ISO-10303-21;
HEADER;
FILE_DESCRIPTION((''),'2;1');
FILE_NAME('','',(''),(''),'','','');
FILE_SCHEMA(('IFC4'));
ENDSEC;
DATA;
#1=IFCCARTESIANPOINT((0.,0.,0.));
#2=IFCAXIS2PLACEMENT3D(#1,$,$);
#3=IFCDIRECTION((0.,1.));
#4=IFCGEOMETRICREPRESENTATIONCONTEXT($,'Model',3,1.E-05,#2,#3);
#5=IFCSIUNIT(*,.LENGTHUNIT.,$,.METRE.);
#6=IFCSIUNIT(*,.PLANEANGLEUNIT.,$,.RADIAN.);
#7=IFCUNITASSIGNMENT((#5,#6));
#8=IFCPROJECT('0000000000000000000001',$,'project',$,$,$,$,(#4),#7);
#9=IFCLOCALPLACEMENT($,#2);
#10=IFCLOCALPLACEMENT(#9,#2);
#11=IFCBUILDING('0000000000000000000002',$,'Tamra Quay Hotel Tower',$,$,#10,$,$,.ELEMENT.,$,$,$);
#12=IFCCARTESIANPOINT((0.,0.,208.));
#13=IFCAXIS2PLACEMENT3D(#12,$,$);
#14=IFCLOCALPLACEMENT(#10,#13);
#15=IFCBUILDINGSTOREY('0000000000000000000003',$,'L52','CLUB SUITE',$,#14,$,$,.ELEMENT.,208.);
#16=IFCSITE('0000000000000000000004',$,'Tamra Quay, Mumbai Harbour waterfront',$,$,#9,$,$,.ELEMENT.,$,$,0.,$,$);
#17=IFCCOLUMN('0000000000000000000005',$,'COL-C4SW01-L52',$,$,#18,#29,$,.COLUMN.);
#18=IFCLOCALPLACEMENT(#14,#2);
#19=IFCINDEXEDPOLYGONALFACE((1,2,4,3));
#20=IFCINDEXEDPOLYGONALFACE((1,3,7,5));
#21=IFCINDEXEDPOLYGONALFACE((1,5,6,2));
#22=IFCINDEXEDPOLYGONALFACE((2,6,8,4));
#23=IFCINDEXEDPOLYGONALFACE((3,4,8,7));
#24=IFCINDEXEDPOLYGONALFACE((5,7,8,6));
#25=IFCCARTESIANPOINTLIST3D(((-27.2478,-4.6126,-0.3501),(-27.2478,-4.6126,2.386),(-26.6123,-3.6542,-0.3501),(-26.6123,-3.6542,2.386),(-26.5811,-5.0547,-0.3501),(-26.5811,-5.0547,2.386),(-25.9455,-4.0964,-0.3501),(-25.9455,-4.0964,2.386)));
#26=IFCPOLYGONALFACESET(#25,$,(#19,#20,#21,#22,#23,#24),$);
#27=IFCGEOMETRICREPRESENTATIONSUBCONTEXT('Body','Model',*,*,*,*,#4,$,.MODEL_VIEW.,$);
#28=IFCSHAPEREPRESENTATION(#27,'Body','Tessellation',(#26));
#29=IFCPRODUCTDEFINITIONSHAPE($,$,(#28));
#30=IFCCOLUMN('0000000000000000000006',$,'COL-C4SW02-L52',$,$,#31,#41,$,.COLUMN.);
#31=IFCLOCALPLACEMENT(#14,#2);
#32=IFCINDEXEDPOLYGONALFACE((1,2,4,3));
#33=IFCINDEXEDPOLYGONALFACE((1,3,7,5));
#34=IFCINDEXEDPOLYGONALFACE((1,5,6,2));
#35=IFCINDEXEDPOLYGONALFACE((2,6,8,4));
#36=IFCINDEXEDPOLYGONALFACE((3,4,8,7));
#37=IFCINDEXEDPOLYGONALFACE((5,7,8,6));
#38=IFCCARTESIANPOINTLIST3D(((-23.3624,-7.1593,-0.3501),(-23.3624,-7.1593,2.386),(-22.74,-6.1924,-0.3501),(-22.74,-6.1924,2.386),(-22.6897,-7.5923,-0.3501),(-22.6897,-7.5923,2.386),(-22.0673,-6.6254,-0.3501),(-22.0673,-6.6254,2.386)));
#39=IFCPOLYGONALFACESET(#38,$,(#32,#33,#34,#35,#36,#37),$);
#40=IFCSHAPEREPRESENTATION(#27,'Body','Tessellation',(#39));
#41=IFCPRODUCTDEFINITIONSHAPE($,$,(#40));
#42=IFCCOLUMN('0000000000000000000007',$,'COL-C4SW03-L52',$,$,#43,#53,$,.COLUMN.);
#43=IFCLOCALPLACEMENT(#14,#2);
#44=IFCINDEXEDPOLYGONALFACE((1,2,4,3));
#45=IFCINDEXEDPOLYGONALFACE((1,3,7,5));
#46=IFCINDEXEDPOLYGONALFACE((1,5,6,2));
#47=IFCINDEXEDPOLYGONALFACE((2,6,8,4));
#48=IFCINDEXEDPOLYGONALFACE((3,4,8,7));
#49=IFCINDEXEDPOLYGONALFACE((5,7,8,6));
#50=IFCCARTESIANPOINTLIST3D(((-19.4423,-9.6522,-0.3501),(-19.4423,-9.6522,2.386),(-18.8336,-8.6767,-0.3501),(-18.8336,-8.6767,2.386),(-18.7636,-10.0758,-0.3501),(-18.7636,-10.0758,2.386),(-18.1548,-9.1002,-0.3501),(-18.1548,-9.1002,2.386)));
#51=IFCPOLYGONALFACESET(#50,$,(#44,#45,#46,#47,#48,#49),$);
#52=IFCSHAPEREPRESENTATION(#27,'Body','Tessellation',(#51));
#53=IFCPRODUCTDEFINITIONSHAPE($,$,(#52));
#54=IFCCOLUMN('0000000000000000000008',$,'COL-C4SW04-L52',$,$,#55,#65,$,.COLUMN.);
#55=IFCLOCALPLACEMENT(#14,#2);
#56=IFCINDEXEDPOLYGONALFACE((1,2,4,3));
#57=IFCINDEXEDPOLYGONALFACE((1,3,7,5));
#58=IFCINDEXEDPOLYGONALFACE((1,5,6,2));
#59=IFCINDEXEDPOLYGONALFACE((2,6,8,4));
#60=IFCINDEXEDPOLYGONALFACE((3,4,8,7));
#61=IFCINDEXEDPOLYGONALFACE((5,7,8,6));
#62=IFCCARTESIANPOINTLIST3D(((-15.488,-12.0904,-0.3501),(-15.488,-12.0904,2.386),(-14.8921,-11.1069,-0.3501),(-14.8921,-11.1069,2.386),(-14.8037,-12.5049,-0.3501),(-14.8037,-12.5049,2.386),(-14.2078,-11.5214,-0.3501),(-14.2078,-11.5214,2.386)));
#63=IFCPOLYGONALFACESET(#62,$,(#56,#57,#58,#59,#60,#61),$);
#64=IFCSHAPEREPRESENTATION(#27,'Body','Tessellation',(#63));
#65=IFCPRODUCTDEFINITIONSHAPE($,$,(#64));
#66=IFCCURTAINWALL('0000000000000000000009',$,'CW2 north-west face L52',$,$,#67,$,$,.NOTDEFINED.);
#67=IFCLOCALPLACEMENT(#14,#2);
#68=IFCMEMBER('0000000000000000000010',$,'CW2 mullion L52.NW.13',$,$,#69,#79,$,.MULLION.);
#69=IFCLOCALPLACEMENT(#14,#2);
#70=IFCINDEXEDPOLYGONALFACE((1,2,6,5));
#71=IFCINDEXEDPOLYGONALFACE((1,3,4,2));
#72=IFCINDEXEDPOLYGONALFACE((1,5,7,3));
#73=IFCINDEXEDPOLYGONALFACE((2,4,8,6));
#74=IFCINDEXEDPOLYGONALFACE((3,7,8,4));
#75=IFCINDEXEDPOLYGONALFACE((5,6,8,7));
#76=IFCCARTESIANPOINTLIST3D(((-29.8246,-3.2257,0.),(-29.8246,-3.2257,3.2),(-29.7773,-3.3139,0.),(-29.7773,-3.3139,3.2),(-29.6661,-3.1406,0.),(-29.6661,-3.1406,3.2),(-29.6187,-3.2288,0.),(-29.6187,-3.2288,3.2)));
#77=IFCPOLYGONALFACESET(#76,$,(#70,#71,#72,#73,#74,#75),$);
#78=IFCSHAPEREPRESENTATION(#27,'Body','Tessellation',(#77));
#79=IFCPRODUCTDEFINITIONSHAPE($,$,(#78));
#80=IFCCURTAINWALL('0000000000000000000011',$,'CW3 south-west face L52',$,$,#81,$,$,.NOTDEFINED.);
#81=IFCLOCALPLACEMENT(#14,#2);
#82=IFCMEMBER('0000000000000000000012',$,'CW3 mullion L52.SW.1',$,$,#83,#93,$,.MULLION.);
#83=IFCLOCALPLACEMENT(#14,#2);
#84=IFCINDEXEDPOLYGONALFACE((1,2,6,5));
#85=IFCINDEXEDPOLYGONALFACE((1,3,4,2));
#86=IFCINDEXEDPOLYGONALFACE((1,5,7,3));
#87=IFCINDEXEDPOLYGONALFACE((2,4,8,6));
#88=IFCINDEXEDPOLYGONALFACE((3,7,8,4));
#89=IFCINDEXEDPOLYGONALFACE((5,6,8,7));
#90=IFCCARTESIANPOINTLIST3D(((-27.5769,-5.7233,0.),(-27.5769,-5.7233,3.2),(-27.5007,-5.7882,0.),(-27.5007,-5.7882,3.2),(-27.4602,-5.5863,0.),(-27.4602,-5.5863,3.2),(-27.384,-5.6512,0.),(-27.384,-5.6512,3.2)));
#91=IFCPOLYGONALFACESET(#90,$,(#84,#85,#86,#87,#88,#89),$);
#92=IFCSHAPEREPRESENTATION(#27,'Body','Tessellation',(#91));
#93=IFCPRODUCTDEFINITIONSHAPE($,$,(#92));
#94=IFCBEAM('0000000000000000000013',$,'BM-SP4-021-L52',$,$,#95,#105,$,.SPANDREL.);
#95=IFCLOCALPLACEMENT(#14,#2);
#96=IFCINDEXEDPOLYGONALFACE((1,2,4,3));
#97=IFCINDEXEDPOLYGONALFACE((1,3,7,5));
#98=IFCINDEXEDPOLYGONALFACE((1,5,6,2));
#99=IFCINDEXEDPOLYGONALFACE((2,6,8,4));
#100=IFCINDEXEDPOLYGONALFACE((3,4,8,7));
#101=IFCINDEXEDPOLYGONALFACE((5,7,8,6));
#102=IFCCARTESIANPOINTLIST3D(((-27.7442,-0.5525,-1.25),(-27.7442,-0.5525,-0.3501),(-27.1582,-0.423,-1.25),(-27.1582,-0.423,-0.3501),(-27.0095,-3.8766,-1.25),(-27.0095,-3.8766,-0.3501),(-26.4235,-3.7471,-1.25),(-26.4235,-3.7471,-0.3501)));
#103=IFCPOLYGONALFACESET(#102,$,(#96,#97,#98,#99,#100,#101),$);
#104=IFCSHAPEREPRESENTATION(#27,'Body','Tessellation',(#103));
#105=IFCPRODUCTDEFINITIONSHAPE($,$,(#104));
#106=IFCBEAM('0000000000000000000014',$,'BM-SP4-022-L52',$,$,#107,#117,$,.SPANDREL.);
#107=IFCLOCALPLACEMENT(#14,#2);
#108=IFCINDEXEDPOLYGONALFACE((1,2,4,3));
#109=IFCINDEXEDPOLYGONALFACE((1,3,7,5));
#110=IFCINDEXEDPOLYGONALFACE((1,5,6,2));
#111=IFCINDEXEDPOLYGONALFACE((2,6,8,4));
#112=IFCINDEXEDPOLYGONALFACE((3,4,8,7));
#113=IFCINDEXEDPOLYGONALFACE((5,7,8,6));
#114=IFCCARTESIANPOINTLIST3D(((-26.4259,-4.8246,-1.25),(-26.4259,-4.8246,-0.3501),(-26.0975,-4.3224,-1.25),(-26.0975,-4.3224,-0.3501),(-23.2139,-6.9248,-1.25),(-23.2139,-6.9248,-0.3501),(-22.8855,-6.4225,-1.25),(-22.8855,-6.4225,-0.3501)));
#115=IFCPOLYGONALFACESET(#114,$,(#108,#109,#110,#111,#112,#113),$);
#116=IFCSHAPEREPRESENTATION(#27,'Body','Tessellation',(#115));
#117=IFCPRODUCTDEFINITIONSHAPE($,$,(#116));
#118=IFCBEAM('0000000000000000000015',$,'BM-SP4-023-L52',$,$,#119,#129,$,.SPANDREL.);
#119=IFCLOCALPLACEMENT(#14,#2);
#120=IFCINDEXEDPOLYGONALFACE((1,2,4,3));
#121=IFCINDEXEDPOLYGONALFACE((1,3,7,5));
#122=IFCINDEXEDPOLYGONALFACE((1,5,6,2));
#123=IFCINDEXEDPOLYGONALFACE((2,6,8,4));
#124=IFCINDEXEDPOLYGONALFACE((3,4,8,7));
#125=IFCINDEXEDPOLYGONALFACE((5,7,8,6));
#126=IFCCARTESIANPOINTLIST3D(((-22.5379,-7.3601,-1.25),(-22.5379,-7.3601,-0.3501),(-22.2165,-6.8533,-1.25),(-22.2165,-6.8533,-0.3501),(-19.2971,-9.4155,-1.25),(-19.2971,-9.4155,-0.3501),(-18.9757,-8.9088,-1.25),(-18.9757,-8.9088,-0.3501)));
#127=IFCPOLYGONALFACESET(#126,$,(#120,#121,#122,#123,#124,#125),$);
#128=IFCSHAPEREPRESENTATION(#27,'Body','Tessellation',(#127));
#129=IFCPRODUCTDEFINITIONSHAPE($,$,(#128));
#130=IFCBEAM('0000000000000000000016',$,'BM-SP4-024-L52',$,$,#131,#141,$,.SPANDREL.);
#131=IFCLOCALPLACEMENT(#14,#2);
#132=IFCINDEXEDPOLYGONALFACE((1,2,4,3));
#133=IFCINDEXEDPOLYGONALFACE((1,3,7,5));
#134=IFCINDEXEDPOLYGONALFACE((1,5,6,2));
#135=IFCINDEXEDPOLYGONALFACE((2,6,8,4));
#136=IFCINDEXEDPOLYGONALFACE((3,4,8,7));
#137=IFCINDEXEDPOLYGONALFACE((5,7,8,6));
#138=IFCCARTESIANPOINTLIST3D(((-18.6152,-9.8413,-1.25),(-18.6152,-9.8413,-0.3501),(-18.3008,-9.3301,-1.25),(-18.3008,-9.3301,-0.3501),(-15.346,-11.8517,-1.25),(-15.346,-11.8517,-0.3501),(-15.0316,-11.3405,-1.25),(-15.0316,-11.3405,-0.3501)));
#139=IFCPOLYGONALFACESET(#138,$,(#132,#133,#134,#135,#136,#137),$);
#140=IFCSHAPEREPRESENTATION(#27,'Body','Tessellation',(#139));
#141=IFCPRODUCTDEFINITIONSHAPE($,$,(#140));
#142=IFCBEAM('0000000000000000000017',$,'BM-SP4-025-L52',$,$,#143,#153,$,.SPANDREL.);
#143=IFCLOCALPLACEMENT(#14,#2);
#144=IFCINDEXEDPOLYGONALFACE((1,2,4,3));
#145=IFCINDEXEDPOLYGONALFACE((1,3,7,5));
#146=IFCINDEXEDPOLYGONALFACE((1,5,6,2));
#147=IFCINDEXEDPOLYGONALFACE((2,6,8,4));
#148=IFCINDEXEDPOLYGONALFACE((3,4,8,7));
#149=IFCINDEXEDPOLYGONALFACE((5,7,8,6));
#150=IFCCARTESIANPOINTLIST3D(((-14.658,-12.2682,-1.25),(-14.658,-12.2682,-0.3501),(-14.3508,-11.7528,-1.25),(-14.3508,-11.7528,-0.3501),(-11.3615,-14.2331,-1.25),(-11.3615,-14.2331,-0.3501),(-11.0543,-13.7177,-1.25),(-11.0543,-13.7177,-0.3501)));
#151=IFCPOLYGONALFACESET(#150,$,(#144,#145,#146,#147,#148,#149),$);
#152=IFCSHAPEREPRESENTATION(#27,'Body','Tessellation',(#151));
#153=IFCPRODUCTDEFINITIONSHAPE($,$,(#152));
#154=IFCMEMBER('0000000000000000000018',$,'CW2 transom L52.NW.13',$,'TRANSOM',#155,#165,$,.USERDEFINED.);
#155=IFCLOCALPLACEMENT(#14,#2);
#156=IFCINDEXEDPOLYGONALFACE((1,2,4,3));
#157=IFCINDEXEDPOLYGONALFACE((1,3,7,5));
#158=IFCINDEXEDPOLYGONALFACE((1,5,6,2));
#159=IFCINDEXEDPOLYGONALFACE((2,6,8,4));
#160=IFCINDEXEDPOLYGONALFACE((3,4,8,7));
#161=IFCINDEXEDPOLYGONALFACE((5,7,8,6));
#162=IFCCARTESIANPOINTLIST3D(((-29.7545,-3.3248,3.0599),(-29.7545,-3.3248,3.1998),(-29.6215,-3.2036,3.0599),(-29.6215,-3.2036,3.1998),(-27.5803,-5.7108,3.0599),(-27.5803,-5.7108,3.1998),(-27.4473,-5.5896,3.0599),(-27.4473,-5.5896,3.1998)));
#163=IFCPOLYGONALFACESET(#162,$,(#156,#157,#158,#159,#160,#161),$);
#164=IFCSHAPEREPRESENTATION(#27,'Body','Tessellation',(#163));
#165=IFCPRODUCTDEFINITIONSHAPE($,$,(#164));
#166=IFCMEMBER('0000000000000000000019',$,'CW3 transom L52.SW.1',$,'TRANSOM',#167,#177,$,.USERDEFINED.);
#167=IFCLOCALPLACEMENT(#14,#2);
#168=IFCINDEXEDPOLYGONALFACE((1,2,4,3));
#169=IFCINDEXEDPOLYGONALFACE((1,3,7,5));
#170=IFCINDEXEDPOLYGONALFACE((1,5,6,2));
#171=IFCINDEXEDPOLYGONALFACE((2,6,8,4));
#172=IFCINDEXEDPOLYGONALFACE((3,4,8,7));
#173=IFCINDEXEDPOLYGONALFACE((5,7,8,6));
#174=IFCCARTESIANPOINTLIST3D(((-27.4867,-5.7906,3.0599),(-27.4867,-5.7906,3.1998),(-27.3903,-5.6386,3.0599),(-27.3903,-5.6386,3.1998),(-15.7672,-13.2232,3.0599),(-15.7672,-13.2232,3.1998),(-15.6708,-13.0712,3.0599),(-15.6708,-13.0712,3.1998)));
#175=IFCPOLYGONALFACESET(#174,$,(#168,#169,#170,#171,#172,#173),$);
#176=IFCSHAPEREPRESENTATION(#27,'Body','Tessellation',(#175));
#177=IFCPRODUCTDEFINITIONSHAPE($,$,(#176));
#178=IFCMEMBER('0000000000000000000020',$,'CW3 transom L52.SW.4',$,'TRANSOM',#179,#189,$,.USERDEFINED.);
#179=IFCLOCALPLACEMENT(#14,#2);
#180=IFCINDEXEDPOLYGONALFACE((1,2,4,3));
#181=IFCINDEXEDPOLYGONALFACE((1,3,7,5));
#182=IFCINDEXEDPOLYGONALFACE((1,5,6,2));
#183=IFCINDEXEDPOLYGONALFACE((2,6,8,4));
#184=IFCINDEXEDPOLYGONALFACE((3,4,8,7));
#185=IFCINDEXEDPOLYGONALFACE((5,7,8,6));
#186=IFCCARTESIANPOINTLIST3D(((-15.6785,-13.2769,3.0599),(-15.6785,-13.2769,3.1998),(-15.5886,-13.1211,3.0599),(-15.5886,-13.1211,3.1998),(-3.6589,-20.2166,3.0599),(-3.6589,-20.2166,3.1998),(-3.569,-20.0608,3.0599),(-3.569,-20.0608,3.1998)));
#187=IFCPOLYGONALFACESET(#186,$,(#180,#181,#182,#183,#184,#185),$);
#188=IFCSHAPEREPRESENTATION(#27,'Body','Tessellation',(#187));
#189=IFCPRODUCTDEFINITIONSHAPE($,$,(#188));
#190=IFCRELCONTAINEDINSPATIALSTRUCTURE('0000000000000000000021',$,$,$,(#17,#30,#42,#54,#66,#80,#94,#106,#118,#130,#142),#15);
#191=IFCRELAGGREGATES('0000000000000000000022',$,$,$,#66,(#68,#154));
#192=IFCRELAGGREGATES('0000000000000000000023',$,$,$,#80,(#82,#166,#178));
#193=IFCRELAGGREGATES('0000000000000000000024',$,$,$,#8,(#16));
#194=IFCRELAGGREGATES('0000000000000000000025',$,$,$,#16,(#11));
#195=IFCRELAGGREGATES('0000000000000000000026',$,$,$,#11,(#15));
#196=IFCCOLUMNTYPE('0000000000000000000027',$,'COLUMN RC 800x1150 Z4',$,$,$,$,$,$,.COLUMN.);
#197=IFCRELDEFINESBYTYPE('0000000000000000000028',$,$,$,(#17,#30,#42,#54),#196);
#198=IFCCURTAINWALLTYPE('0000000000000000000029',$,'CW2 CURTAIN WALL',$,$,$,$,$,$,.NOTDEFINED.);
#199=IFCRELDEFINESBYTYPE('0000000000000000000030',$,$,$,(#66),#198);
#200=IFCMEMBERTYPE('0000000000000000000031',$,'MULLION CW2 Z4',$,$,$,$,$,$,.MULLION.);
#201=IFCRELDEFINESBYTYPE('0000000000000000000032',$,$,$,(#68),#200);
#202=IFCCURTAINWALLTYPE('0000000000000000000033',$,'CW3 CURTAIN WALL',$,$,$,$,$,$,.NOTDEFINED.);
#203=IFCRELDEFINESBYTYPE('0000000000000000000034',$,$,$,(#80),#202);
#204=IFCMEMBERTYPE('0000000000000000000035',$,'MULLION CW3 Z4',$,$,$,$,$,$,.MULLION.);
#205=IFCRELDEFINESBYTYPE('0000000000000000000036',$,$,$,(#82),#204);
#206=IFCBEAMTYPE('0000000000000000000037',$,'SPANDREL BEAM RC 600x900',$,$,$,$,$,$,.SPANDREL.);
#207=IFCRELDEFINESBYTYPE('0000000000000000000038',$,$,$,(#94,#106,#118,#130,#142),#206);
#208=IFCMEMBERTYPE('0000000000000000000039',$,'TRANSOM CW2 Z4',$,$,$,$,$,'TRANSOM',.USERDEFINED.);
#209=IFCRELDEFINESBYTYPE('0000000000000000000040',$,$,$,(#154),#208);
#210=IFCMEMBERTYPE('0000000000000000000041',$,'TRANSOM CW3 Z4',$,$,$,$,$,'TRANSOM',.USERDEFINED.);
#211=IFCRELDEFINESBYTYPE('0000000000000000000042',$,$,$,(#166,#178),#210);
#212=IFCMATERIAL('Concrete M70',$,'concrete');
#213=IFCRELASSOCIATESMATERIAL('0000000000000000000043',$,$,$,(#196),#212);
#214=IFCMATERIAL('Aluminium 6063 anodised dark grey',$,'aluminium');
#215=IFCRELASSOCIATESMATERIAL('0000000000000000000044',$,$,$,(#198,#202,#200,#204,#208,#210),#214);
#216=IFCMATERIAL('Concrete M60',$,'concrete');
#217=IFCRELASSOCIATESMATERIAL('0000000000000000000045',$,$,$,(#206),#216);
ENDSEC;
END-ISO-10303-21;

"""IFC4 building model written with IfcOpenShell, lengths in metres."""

from ifc_helpers import new_model, si_unit, direction, frame, origin, origin_2d, place, context, subcontext, project, spatial, rectangle, extrude, material, material_profile, profile_set, type_object, element, aggregate, save


model = new_model("IFC4")

# Units and contexts
model_context = context("Model", 3, precision=1e-05, world=origin(), true_north=direction((0.0, 1.0)))
body_context = subcontext(model_context, "Body", "Model", "MODEL_VIEW")
ifc_project = project(units=[si_unit("LENGTHUNIT", "METRE"), si_unit("PLANEANGLEUNIT", "RADIAN")], contexts=[model_context])

# Site, building, storey
site_placement = place(None, origin())
site = spatial("IfcSite", under=ifc_project, at=site_placement, Name="Tamra Quay, Mumbai Harbour waterfront", CompositionType="ELEMENT", RefElevation=0.0)
building_placement = place(site_placement, origin())
building = spatial("IfcBuilding", under=site, at=building_placement, Name="Tamra Quay Hotel Tower", CompositionType="ELEMENT")
storey_placement = place(building_placement, frame((0.0, 0.0, 208.0)))
storey = spatial("IfcBuildingStorey", under=building, at=storey_placement, Name="L52", Description="CLUB SUITE", CompositionType="ELEMENT", Elevation=208.0)

# Columns
ifc_material_1 = material(Name="Concrete M70", Category="concrete")
ifc_material_profile_1 = material_profile(ifc_material_1, rectangle(XDim=1.1499, YDim=0.8, at=origin_2d()), Name="COLUMN RC 800x1150 Z4")
ifc_profile_set_1 = profile_set([ifc_material_profile_1], Name="Concrete M70")
column_type = type_object("IfcColumnType", Name="COLUMN RC 800x1150 Z4", PredefinedType="COLUMN", material=ifc_profile_set_1)
for number, where, z_axis, x_axis, name in (
    (1, (-26.5967, -4.3545, -0.3501), (0.0, 0.0, 1.0), (0.552666, 0.833403, 0.0), "COL-C4SW01-L52"),
    (2, (-22.7148, -6.8923, -0.3501), (0.0, 0.0, 1.0), (0.541283, 0.840841, 0.0), "COL-C4SW02-L52"),
    (3, (-18.7986, -9.3762, -0.3501), (0.0, 0.0, 1.0), (0.52941, 0.848366, 0.0), "COL-C4SW03-L52"),
    (4, (-14.8479, -11.8059, -0.3501), (0.0, 0.0, 1.0), (0.518175, 0.855275, 0.0), "COL-C4SW04-L52"),
):
    element("IfcColumn", number, at=place(storey_placement, frame(where, z_axis=z_axis, x_axis=x_axis)), inside=storey, type_object=column_type, Name=name, PredefinedType="COLUMN", context=body_context, shape_type="SweptSolid", body=[
        extrude(rectangle(XDim=1.1499, YDim=0.8, at=origin_2d()), origin(), (0.0, 0.0, 1.0), 2.7361),
    ])

# Curtain walls, members
ifc_material_2 = material(Name="Aluminium 6063 anodised dark grey", Category="aluminium")
curtain_wall_type_1 = type_object("IfcCurtainWallType", Name="CW2 CURTAIN WALL", PredefinedType="NOTDEFINED", material=ifc_material_2)
curtain_wall_1_placement = place(storey_placement, origin())
curtain_wall_1 = element("IfcCurtainWall", 5, at=curtain_wall_1_placement, inside=storey, type_object=curtain_wall_type_1, Name="CW2 north-west face L52", PredefinedType="NOTDEFINED")
ifc_material_profile_2 = material_profile(ifc_material_2, rectangle(XDim=0.1799, YDim=0.1001, at=origin_2d()), Name="MULLION 100X180")
ifc_profile_set_2 = profile_set([ifc_material_profile_2], Name="Aluminium 6063 anodised dark grey")
member_type_1 = type_object("IfcMemberType", Name="MULLION CW2 Z4", PredefinedType="MULLION", material=ifc_profile_set_2)
member_1_placement = place(storey_placement, frame((-29.7217, -3.2273, 0.0), z_axis=(0.0, 0.0, 1.0), x_axis=(-0.881098, -0.472935, 0.0)))
member_1 = element("IfcMember", 6, at=member_1_placement, type_object=member_type_1, Name="CW2 mullion L52.NW.13", PredefinedType="MULLION", context=body_context, shape_type="SweptSolid", body=[
    extrude(rectangle(XDim=0.1799, YDim=0.1001, at=origin_2d()), origin(), (0.0, 0.0, 1.0), 3.2),
])
curtain_wall_type_2 = type_object("IfcCurtainWallType", Name="CW3 CURTAIN WALL", PredefinedType="NOTDEFINED", material=ifc_material_2)
curtain_wall_2_placement = place(storey_placement, origin())
curtain_wall_2 = element("IfcCurtainWall", 7, at=curtain_wall_2_placement, inside=storey, type_object=curtain_wall_type_2, Name="CW3 south-west face L52", PredefinedType="NOTDEFINED")
ifc_material_profile_3 = material_profile(ifc_material_2, rectangle(XDim=0.1799, YDim=0.1001, at=origin_2d()), Name="MULLION 100X180")
ifc_profile_set_3 = profile_set([ifc_material_profile_3], Name="Aluminium 6063 anodised dark grey")
member_type_2 = type_object("IfcMemberType", Name="MULLION CW3 Z4", PredefinedType="MULLION", material=ifc_profile_set_3)
member_2_placement = place(storey_placement, frame((-27.4805, -5.6873, 0.0), z_axis=(0.0, 0.0, 1.0), x_axis=(-0.648381, -0.761316, 0.0)))
member_2 = element("IfcMember", 8, at=member_2_placement, type_object=member_type_2, Name="CW3 mullion L52.SW.1", PredefinedType="MULLION", context=body_context, shape_type="SweptSolid", body=[
    extrude(rectangle(XDim=0.1799, YDim=0.1001, at=origin_2d()), origin(), (0.0, 0.0, 1.0), 3.2),
])

# Beams
ifc_material_3 = material(Name="Concrete M60", Category="concrete")
ifc_material_profile_4 = material_profile(ifc_material_3, rectangle(XDim=0.6001, YDim=0.8999, at=origin_2d()), Name="SPANDREL BEAM RC 600x900")
ifc_profile_set_4 = profile_set([ifc_material_profile_4], Name="Concrete M60")
beam_type = type_object("IfcBeamType", Name="SPANDREL BEAM RC 600x900", PredefinedType="SPANDREL", material=ifc_profile_set_4)
beam_1_placement = place(storey_placement, frame((-27.4512, -0.4878, -0.8), z_axis=(0.215799, -0.976438, 0.0), x_axis=(0.976438, 0.215799, 0.0)))
element("IfcBeam", 9, at=beam_1_placement, inside=storey, type_object=beam_type, Name="BM-SP4-021-L52", PredefinedType="SPANDREL", context=body_context, shape_type="SweptSolid", body=[
    extrude(rectangle(XDim=0.6001, YDim=0.8999, at=origin_2d()), origin(), (0.0, 0.0, 1.0), 3.4043),
])
for number, where, z_axis, x_axis, name in (
    (10, (-26.2617, -4.5735, -0.8), (0.83697, -0.547249, 0.0), (0.547249, 0.83697, 0.0), "BM-SP4-022-L52"),
    (11, (-22.3772, -7.1067, -0.8), (0.84447, -0.535603, 0.0), (0.535603, 0.84447, 0.0), "BM-SP4-023-L52"),
):
    element("IfcBeam", number, at=place(storey_placement, frame(where, z_axis=z_axis, x_axis=x_axis)), inside=storey, type_object=beam_type, Name=name, PredefinedType="SPANDREL", context=body_context, shape_type="SweptSolid", body=[
        extrude(rectangle(XDim=0.6001, YDim=0.8999, at=origin_2d()), origin(), (0.0, 0.0, 1.0), 3.8376),
    ])
beam_2_placement = place(storey_placement, frame((-18.458, -9.5857, -0.8), z_axis=(0.851818, -0.523838, 0.0), x_axis=(0.523838, 0.851818, 0.0)))
element("IfcBeam", 12, at=beam_2_placement, inside=storey, type_object=beam_type, Name="BM-SP4-024-L52", PredefinedType="SPANDREL", context=body_context, shape_type="SweptSolid", body=[
    extrude(rectangle(XDim=0.6001, YDim=0.8999, at=origin_2d()), origin(), (0.0, 0.0, 1.0), 3.8379),
])
beam_3_placement = place(storey_placement, frame((-14.5044, -12.0105, -0.8), z_axis=(0.858982, -0.512005, 0.0), x_axis=(0.512005, 0.858982, 0.0)))
element("IfcBeam", 13, at=beam_3_placement, inside=storey, type_object=beam_type, Name="BM-SP4-025-L52", PredefinedType="SPANDREL", context=body_context, shape_type="SweptSolid", body=[
    extrude(rectangle(XDim=0.6001, YDim=0.8999, at=origin_2d()), origin(), (0.0, 0.0, 1.0), 3.8376),
])

# Members
ifc_material_profile_5 = material_profile(ifc_material_2, rectangle(XDim=0.1799, YDim=0.1399, at=origin_2d()), Name="TRANSOM 180X140")
ifc_profile_set_5 = profile_set([ifc_material_profile_5], Name="Aluminium 6063 anodised dark grey")
member_type_3 = type_object("IfcMemberType", Name="TRANSOM CW2 Z4", ElementType="TRANSOM", PredefinedType="USERDEFINED", material=ifc_profile_set_5)
member_3_placement = place(storey_placement, frame((-29.688, -3.2642, 3.1299), z_axis=(0.673519, -0.73917, 0.0), x_axis=(0.73917, 0.673519, 0.0)))
member_3 = element("IfcMember", 14, at=member_3_placement, type_object=member_type_3, Name="CW2 transom L52.NW.13", ObjectType="TRANSOM", PredefinedType="USERDEFINED", context=body_context, shape_type="SweptSolid", body=[
    extrude(rectangle(XDim=0.1799, YDim=0.1399, at=origin_2d()), origin(), (0.0, 0.0, 1.0), 3.228),
])
ifc_material_profile_6 = material_profile(ifc_material_2, rectangle(XDim=0.1799, YDim=0.1399, at=origin_2d()), Name="TRANSOM 180X140")
ifc_profile_set_6 = profile_set([ifc_material_profile_6], Name="Aluminium 6063 anodised dark grey")
member_type_4 = type_object("IfcMemberType", Name="TRANSOM CW3 Z4", ElementType="TRANSOM", PredefinedType="USERDEFINED", material=ifc_profile_set_6)
member_4_placement = place(storey_placement, frame((-27.4385, -5.7146, 3.1299), z_axis=(0.844484, -0.535581, 0.0), x_axis=(0.535581, 0.844484, 0.0)))
member_4 = element("IfcMember", 15, at=member_4_placement, type_object=member_type_4, Name="CW3 transom L52.SW.1", ObjectType="TRANSOM", PredefinedType="USERDEFINED", context=body_context, shape_type="SweptSolid", body=[
    extrude(rectangle(XDim=0.1799, YDim=0.1399, at=origin_2d()), origin(), (0.0, 0.0, 1.0), 13.8777),
])
member_5_placement = place(storey_placement, frame((-15.6335, -13.199, 3.1299), z_axis=(0.866019, -0.500012, 0.0), x_axis=(0.500012, 0.866019, 0.0)))
member_5 = element("IfcMember", 16, at=member_5_placement, type_object=member_type_4, Name="CW3 transom L52.SW.4", ObjectType="TRANSOM", PredefinedType="USERDEFINED", context=body_context, shape_type="SweptSolid", body=[
    extrude(rectangle(XDim=0.1799, YDim=0.1399, at=origin_2d()), origin(), (0.0, 0.0, 1.0), 13.8792),
])

aggregate(curtain_wall_1, [member_1, member_3])
aggregate(curtain_wall_2, [member_2, member_4, member_5])

save(model, "model.ifc")
